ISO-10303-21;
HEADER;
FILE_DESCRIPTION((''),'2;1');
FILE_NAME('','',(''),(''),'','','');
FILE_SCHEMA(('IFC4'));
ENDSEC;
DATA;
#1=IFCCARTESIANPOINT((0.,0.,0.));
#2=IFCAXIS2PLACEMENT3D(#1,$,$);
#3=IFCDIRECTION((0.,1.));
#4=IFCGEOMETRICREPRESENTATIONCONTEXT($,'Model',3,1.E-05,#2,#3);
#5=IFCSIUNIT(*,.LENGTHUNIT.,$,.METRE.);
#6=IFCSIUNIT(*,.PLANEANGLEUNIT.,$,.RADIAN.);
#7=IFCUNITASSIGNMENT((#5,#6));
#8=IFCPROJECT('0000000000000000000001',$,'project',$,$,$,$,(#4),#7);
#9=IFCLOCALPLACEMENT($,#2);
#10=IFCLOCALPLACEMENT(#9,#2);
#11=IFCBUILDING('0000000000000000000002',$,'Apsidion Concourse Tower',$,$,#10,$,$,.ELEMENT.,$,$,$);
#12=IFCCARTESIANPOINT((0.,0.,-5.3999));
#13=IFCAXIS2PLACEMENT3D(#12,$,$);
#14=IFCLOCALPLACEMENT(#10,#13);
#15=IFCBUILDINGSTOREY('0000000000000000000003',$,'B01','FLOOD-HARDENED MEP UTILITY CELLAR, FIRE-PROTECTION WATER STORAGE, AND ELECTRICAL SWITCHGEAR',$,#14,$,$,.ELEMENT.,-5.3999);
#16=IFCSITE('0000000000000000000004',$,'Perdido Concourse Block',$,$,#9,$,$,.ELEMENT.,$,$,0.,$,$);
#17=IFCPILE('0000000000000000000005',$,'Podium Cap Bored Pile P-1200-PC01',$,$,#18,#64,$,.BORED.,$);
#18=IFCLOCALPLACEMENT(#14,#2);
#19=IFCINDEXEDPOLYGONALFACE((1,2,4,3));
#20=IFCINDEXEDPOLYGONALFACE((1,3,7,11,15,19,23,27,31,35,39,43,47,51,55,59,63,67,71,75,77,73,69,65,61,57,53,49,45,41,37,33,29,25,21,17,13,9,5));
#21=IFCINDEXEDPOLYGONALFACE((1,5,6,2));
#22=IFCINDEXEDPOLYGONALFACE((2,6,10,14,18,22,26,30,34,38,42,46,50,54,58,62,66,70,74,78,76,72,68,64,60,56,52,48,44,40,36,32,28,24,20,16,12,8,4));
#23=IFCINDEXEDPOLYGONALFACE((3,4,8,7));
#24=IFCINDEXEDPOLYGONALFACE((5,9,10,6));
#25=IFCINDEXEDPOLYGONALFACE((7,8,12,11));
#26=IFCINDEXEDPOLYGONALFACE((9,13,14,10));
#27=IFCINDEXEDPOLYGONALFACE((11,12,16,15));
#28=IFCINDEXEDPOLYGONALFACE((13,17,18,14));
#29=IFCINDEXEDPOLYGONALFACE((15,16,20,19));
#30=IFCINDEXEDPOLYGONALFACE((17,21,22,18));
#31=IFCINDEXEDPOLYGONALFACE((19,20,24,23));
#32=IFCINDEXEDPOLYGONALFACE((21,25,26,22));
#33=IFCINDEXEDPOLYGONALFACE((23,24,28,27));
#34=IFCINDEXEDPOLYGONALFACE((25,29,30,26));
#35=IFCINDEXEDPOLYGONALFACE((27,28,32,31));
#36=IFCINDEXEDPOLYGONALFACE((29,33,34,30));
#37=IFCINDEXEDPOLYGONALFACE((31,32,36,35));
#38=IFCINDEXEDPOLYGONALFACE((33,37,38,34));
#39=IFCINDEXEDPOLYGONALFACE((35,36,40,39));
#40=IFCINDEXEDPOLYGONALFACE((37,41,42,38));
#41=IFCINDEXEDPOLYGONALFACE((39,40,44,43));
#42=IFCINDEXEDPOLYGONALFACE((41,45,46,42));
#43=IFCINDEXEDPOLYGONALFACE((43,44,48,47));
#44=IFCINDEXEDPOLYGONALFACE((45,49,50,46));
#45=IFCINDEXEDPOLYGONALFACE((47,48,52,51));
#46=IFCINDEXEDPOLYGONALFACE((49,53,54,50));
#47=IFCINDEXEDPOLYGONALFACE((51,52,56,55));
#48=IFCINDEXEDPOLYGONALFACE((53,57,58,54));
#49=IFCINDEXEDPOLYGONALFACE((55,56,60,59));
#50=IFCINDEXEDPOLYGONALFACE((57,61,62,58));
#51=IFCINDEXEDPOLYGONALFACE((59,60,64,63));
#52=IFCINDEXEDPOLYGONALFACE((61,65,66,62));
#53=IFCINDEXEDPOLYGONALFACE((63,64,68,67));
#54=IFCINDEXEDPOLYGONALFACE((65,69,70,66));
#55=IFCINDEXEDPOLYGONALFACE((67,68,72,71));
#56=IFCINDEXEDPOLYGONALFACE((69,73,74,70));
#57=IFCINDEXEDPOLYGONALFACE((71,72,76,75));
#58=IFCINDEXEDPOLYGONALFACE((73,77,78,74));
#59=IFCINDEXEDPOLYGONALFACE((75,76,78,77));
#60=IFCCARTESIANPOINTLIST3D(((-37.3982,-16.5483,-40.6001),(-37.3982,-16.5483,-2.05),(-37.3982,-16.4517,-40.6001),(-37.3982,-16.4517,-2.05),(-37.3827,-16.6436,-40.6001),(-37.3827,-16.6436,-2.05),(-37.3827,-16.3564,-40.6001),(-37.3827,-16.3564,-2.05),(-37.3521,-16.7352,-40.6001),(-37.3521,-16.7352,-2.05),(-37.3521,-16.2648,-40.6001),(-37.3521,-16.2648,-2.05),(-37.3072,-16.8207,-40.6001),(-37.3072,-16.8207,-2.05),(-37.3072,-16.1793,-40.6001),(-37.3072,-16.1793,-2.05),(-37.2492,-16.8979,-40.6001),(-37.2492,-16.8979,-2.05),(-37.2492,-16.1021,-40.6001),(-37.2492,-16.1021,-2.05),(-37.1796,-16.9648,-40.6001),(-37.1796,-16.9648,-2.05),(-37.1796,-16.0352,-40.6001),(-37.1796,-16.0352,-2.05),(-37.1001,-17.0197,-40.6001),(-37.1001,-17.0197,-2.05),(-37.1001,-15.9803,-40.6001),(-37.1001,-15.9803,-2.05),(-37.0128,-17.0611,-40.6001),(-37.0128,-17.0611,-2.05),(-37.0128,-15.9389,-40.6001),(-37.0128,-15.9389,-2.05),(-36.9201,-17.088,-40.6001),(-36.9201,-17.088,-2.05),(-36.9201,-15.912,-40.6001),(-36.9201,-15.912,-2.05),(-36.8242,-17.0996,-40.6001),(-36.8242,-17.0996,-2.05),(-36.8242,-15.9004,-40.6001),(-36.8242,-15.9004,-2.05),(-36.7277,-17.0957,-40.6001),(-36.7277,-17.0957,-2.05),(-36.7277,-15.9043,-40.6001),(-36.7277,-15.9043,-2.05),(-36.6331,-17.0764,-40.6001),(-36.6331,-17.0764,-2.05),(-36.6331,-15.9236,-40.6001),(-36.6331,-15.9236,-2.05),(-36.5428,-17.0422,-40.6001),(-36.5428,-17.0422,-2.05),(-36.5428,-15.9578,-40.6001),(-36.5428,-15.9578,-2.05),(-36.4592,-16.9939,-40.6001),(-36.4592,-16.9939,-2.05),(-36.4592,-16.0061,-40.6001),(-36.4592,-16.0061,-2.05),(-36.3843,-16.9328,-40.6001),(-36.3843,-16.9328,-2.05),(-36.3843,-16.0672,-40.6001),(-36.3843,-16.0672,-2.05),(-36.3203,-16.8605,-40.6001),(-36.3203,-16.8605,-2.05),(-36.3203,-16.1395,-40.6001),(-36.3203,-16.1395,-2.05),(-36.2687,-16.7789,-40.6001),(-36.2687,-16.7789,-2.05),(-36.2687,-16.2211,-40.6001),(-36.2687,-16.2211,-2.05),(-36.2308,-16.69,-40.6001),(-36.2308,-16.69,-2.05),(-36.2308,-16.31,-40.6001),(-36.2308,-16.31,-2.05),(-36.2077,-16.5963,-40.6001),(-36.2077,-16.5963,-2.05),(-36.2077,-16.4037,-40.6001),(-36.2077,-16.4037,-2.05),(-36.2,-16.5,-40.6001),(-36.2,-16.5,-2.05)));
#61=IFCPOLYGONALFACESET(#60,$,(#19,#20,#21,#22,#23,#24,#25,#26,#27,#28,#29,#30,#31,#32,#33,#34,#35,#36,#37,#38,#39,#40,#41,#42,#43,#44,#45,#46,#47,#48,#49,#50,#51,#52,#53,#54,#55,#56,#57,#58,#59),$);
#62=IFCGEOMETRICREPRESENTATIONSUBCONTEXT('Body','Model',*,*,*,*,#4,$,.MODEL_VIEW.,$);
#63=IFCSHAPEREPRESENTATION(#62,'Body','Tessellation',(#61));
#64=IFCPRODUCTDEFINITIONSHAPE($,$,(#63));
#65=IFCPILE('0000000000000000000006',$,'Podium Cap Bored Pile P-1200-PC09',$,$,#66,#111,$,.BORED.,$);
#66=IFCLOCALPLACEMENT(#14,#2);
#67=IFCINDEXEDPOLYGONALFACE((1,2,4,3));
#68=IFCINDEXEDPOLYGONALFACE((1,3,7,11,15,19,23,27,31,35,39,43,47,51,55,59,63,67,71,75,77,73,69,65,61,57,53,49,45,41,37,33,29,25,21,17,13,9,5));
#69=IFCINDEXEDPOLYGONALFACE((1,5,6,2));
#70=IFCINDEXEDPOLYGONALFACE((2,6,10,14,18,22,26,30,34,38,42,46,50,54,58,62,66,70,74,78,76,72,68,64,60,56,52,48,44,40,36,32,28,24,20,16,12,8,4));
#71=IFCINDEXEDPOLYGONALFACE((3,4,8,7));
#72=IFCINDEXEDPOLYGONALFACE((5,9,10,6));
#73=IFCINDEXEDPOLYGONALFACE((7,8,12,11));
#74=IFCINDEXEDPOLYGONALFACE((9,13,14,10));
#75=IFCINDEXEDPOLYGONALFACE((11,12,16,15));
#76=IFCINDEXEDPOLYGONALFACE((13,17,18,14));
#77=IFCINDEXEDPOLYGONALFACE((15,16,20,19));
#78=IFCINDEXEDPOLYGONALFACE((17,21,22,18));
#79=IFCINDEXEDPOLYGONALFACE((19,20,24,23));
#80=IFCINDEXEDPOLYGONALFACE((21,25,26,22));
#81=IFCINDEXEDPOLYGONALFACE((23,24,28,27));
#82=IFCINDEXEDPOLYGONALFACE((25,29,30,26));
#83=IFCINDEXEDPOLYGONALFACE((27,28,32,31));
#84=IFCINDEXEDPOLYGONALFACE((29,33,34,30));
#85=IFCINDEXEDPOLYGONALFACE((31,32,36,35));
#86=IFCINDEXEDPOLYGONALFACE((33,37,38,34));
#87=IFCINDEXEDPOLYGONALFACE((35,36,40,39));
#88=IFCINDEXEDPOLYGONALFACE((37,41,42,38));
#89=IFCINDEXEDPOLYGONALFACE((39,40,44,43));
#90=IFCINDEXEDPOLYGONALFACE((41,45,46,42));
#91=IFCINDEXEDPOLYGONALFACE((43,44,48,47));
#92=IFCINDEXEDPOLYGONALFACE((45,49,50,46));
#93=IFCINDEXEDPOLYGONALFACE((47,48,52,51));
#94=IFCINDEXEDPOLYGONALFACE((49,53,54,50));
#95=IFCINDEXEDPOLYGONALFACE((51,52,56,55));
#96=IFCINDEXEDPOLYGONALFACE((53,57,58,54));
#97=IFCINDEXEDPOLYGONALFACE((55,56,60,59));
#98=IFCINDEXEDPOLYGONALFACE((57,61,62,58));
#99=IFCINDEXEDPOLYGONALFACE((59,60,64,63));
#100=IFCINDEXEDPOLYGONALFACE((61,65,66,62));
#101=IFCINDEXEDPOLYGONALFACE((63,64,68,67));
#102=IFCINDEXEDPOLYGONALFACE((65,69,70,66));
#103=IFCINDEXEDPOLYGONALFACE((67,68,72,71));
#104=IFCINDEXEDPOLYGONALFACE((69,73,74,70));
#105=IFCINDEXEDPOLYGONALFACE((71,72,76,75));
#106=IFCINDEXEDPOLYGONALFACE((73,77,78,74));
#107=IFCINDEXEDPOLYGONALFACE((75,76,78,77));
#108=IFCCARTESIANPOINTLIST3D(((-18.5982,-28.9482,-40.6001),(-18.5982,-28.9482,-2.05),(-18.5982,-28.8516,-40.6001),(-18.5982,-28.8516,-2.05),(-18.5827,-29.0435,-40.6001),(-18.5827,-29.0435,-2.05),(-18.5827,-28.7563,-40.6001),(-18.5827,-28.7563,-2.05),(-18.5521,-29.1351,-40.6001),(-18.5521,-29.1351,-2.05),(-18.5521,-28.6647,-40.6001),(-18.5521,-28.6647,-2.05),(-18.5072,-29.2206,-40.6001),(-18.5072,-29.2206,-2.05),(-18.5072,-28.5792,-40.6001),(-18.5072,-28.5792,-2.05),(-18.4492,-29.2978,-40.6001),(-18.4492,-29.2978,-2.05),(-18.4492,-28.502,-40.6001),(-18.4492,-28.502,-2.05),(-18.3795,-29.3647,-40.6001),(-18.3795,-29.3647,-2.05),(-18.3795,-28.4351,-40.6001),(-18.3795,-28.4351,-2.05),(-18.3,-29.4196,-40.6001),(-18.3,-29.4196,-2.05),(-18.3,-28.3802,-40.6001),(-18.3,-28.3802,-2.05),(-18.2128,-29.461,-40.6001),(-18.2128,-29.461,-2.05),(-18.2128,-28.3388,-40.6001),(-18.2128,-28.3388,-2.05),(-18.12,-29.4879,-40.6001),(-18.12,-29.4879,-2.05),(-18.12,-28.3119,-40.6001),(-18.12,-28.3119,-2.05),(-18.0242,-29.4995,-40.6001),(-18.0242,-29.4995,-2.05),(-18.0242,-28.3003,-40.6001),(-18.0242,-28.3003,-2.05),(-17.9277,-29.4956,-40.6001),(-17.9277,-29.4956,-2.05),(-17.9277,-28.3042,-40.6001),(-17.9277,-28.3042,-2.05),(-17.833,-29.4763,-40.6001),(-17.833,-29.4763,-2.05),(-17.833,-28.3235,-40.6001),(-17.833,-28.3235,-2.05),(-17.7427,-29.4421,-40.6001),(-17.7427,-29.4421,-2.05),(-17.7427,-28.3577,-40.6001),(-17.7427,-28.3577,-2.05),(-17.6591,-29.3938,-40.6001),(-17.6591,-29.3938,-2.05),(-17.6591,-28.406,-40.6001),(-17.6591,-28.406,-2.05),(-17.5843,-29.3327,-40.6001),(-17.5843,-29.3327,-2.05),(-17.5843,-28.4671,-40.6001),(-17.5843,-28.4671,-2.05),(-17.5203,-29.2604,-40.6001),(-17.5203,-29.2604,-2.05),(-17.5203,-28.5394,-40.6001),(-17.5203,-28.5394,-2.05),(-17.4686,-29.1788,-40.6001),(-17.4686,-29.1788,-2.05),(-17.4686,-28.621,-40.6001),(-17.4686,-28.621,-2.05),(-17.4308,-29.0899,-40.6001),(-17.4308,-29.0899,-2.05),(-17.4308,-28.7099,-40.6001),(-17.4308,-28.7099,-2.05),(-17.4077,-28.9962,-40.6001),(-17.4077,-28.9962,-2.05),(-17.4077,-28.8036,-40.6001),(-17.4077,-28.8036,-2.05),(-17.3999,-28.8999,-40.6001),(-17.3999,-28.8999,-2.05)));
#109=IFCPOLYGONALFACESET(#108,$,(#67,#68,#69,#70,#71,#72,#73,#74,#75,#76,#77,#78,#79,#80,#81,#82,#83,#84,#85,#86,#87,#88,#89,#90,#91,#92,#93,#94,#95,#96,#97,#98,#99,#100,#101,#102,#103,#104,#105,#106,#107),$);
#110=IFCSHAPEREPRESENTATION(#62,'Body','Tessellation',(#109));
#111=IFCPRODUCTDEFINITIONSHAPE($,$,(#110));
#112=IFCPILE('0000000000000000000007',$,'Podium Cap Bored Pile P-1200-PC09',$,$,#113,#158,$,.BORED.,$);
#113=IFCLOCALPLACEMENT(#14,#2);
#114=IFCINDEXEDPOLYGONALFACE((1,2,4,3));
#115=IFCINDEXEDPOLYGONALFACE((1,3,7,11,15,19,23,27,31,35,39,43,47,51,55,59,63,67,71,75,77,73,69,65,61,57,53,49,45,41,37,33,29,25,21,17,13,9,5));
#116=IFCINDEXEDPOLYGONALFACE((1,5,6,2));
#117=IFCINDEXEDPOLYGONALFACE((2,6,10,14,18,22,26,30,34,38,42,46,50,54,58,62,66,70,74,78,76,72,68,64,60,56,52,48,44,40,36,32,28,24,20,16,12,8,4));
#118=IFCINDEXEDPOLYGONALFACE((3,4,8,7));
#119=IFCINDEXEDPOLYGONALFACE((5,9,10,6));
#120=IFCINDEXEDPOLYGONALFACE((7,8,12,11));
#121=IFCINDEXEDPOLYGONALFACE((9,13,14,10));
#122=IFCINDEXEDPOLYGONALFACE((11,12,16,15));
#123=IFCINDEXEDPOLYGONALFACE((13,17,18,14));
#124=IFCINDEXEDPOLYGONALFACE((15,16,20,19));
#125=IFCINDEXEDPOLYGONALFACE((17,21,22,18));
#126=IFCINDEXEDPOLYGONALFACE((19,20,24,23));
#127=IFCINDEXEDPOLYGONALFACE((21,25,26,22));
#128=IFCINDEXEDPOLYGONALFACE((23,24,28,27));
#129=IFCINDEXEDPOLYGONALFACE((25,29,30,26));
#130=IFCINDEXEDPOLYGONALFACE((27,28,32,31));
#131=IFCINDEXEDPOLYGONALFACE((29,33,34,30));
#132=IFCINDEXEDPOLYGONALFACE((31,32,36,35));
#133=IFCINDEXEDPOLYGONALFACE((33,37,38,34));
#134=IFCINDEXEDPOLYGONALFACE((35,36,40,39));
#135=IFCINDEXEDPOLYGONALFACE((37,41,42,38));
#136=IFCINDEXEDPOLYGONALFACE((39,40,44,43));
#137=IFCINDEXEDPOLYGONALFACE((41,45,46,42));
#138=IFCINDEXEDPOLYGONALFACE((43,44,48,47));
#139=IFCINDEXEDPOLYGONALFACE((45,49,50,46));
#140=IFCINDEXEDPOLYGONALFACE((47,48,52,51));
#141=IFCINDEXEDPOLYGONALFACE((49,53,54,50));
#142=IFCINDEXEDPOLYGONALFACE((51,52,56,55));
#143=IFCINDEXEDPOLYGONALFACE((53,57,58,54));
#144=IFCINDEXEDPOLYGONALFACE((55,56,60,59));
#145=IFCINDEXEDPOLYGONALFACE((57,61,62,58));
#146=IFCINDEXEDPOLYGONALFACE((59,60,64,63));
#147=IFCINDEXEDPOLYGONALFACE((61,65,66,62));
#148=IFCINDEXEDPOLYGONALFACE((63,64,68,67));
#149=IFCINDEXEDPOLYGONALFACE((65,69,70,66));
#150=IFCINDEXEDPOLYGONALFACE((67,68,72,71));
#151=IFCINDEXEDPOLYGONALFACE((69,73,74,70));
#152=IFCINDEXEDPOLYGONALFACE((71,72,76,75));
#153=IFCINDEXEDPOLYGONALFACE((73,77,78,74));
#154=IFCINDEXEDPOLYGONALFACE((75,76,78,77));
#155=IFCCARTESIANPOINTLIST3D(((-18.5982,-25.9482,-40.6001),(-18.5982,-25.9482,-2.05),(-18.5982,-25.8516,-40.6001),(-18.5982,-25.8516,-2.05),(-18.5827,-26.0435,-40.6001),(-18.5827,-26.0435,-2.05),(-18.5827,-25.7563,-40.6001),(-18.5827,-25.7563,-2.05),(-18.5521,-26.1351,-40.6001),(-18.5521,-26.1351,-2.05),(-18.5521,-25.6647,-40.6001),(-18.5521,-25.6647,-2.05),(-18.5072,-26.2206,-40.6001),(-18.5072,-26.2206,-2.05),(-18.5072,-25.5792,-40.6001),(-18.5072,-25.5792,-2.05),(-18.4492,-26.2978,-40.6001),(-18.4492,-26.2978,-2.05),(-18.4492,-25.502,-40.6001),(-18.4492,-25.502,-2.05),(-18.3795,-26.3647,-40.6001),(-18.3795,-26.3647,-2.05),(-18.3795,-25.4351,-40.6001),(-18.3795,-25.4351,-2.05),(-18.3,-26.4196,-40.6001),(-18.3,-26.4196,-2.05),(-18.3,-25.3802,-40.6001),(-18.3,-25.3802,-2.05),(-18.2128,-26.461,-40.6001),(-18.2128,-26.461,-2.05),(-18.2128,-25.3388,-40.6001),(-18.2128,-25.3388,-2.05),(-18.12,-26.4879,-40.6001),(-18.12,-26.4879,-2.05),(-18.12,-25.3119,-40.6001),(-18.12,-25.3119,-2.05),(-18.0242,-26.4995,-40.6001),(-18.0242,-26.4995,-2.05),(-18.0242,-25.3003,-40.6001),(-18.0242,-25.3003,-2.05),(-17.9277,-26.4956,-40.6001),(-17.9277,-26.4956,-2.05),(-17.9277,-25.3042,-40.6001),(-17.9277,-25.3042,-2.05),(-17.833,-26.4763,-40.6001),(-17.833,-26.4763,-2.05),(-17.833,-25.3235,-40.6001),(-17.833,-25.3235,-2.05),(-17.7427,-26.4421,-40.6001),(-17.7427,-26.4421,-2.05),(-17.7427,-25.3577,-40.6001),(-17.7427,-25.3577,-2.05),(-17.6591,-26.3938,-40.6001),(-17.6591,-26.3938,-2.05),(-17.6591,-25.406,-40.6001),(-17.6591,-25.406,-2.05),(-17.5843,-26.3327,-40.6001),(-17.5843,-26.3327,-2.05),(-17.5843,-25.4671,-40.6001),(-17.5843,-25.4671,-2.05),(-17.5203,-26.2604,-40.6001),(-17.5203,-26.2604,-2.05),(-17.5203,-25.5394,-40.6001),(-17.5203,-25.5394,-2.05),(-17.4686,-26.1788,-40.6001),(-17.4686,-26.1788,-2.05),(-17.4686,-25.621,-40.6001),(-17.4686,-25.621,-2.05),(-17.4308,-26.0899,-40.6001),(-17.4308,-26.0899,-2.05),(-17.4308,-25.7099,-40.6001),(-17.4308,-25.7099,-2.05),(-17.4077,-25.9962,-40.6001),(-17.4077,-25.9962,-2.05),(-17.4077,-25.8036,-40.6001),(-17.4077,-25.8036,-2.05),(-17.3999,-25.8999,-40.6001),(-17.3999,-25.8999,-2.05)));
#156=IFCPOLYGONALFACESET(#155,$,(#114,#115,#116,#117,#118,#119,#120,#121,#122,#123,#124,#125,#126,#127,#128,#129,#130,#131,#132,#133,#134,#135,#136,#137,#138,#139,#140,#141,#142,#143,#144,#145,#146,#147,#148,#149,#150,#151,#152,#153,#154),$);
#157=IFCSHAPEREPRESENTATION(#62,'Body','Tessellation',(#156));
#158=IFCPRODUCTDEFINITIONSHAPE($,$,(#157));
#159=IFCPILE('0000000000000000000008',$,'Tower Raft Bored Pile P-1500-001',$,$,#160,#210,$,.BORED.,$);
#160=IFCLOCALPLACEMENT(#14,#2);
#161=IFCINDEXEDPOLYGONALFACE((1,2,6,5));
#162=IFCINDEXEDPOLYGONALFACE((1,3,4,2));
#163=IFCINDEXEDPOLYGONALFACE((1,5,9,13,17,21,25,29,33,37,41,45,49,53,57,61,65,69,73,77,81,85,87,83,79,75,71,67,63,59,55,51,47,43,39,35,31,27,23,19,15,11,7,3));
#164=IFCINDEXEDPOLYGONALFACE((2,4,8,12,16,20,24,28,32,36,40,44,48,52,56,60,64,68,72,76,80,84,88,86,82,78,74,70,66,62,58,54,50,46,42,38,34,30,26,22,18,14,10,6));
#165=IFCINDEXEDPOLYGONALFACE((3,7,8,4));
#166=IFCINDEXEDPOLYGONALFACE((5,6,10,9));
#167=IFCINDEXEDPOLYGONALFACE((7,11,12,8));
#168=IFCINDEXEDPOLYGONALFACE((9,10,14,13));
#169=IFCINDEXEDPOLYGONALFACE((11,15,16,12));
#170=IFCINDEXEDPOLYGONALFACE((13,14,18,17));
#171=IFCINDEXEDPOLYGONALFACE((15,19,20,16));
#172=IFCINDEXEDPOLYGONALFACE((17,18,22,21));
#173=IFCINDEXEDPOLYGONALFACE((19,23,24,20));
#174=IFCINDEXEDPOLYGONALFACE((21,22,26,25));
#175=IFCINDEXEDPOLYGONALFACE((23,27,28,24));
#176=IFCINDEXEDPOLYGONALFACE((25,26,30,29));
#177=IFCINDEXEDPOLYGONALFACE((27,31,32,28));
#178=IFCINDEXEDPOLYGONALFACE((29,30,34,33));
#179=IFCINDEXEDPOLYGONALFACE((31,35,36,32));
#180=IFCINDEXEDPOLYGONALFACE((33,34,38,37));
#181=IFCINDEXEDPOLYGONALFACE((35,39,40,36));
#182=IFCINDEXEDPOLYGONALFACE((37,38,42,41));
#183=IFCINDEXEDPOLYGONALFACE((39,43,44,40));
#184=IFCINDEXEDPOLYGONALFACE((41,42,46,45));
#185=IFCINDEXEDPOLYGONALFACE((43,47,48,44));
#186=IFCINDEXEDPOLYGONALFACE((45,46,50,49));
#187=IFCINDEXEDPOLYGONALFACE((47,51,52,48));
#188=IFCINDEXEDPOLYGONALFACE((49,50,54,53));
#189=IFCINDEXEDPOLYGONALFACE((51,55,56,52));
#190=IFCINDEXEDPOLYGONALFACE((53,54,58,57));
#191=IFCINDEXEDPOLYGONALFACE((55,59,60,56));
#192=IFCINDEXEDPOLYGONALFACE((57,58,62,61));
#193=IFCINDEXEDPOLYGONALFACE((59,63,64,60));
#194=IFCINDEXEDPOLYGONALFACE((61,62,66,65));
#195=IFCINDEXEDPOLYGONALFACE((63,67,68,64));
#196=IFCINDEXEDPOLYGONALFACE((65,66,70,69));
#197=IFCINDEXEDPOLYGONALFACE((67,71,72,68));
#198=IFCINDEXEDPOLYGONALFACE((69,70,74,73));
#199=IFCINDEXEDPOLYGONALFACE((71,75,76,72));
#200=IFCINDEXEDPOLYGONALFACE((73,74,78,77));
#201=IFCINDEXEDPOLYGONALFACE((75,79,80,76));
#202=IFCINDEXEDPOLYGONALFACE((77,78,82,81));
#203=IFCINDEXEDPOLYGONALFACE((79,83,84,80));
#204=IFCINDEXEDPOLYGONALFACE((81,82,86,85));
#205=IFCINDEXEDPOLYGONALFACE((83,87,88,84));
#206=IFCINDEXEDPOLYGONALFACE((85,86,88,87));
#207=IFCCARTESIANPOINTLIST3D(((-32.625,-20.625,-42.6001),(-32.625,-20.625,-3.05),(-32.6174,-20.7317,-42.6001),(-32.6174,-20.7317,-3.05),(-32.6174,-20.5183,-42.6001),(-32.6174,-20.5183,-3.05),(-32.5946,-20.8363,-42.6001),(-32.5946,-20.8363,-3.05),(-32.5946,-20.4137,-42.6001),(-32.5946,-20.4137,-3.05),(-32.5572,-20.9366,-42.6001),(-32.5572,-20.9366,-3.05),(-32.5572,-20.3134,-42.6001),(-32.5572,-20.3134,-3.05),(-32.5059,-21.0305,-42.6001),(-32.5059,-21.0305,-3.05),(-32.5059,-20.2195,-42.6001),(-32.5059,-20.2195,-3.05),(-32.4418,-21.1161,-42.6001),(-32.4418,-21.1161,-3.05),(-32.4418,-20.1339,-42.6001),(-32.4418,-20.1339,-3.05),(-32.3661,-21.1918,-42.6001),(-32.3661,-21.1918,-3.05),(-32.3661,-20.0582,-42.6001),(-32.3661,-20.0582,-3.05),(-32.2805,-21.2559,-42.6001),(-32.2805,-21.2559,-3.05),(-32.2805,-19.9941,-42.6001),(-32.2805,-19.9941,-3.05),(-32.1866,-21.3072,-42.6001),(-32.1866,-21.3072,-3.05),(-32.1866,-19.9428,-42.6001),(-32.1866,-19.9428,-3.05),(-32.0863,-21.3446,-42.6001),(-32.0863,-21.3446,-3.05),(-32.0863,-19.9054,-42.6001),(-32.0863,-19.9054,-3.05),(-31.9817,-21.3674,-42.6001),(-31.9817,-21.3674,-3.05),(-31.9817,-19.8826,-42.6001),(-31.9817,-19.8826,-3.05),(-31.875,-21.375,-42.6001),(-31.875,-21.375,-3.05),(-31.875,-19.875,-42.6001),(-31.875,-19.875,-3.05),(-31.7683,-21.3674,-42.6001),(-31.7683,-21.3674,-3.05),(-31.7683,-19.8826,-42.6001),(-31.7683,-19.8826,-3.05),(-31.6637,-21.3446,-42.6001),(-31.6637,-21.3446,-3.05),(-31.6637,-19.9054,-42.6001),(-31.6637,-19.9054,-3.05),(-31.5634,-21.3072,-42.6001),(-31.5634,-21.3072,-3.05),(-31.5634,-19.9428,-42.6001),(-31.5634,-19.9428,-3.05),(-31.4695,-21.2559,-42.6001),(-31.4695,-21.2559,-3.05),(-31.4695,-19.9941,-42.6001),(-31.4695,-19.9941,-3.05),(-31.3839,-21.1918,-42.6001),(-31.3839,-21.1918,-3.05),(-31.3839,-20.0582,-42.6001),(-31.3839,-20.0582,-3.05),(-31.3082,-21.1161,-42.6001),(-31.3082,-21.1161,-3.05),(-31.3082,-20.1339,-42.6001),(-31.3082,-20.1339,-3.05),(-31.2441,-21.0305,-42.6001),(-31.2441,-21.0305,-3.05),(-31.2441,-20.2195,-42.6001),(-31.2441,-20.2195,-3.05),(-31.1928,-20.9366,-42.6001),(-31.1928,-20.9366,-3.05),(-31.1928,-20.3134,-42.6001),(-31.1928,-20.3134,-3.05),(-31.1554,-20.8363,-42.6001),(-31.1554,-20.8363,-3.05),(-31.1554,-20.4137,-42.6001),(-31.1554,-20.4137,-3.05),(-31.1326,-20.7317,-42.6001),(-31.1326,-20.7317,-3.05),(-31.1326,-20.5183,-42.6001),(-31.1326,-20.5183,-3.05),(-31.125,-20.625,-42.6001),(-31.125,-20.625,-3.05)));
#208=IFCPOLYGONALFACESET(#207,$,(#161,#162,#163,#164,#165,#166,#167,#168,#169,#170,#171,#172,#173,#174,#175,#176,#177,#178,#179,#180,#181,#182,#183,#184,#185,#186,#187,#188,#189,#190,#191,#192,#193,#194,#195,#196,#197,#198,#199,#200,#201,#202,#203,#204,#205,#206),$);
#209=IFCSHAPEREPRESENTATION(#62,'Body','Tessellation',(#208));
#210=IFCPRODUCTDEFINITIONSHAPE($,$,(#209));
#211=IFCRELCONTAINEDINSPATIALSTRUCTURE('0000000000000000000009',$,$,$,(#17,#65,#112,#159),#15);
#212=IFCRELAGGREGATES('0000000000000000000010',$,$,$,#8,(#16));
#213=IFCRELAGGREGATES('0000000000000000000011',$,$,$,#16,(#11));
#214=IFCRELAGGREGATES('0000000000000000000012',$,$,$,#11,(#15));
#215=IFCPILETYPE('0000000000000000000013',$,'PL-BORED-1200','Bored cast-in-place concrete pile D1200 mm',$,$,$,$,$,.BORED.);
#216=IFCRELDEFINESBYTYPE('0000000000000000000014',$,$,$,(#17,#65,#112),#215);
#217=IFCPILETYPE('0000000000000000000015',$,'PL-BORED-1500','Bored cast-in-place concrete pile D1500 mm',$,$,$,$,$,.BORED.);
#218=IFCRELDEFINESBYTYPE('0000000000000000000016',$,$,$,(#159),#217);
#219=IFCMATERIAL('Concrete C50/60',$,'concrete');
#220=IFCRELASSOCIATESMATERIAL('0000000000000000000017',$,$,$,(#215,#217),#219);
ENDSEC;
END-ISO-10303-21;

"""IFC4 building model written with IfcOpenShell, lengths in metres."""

from ifc_helpers import new_model, si_unit, direction, frame, origin, origin_2d, place, context, subcontext, project, spatial, circle, extrude, material, material_profile, profile_set, type_object, element, save


model = new_model("IFC4")

# Units and contexts
model_context = context("Model", 3, precision=1e-05, world=origin(), true_north=direction((0.0, 1.0)))
body_context = subcontext(model_context, "Body", "Model", "MODEL_VIEW")
ifc_project = project(units=[si_unit("LENGTHUNIT", "METRE"), si_unit("PLANEANGLEUNIT", "RADIAN")], contexts=[model_context])

# Site, building, storey
site_placement = place(None, origin())
site = spatial("IfcSite", under=ifc_project, at=site_placement, Name="Perdido Concourse Block", CompositionType="ELEMENT", RefElevation=0.0)
building_placement = place(site_placement, origin())
building = spatial("IfcBuilding", under=site, at=building_placement, Name="Apsidion Concourse Tower", CompositionType="ELEMENT")
storey_placement = place(building_placement, frame((0.0, 0.0, -5.3999)))
storey = spatial("IfcBuildingStorey", under=building, at=storey_placement, Name="B01", Description="FLOOD-HARDENED MEP UTILITY CELLAR, FIRE-PROTECTION WATER STORAGE, AND ELECTRICAL SWITCHGEAR", CompositionType="ELEMENT", Elevation=-5.3999)

# Shared definitions
ifc_material_1 = material(Name="Concrete C50/60", Category="concrete")

# Piles
ifc_material_profile_1 = material_profile(ifc_material_1, circle(Radius=0.6001, at=origin_2d()), Name="BORED PILE D1200")
ifc_profile_set_1 = profile_set([ifc_material_profile_1], Name="Concrete C50/60")
pile_type_1 = type_object("IfcPileType", Name="PL-BORED-1200", Description="Bored cast-in-place concrete pile D1200 mm", PredefinedType="BORED", material=ifc_profile_set_1)
for number, where, z_axis, x_axis, name in (
    (1, (-36.8, -16.5, -2.05), (0.0, 0.0, -1.0), (1.0, 0.0, 0.0), "Podium Cap Bored Pile P-1200-PC01"),
    (2, (-18.0, -28.8999, -2.05), (0.0, 0.0, -1.0), (1.0, 0.0, 0.0), "Podium Cap Bored Pile P-1200-PC09"),
    (3, (-18.0, -25.8999, -2.05), (0.0, 0.0, -1.0), (1.0, 0.0, 0.0), "Podium Cap Bored Pile P-1200-PC09"),
):
    element("IfcPile", number, at=place(storey_placement, frame(where, z_axis=z_axis, x_axis=x_axis)), inside=storey, type_object=pile_type_1, Name=name, PredefinedType="BORED", context=body_context, shape_type="SweptSolid", body=[
        extrude(circle(Radius=0.6001, at=origin_2d()), origin(), (0.0, 0.0, 1.0), 38.55),
    ])
ifc_material_profile_2 = material_profile(ifc_material_1, circle(Radius=0.75, at=origin_2d()), Name="BORED PILE D1500")
ifc_profile_set_2 = profile_set([ifc_material_profile_2], Name="Concrete C50/60")
pile_type_2 = type_object("IfcPileType", Name="PL-BORED-1500", Description="Bored cast-in-place concrete pile D1500 mm", PredefinedType="BORED", material=ifc_profile_set_2)
for number, where, z_axis, x_axis, name in (
    (4, (-31.875, -20.625, -3.05), (0.0, 0.0, -1.0), (1.0, 0.0, 0.0), "Tower Raft Bored Pile P-1500-001"),
):
    element("IfcPile", number, at=place(storey_placement, frame(where, z_axis=z_axis, x_axis=x_axis)), inside=storey, type_object=pile_type_2, Name=name, PredefinedType="BORED", context=body_context, shape_type="SweptSolid", body=[
        extrude(circle(Radius=0.75, at=origin_2d()), origin(), (0.0, 0.0, 1.0), 39.55),
    ])

save(model, "model.ifc")
